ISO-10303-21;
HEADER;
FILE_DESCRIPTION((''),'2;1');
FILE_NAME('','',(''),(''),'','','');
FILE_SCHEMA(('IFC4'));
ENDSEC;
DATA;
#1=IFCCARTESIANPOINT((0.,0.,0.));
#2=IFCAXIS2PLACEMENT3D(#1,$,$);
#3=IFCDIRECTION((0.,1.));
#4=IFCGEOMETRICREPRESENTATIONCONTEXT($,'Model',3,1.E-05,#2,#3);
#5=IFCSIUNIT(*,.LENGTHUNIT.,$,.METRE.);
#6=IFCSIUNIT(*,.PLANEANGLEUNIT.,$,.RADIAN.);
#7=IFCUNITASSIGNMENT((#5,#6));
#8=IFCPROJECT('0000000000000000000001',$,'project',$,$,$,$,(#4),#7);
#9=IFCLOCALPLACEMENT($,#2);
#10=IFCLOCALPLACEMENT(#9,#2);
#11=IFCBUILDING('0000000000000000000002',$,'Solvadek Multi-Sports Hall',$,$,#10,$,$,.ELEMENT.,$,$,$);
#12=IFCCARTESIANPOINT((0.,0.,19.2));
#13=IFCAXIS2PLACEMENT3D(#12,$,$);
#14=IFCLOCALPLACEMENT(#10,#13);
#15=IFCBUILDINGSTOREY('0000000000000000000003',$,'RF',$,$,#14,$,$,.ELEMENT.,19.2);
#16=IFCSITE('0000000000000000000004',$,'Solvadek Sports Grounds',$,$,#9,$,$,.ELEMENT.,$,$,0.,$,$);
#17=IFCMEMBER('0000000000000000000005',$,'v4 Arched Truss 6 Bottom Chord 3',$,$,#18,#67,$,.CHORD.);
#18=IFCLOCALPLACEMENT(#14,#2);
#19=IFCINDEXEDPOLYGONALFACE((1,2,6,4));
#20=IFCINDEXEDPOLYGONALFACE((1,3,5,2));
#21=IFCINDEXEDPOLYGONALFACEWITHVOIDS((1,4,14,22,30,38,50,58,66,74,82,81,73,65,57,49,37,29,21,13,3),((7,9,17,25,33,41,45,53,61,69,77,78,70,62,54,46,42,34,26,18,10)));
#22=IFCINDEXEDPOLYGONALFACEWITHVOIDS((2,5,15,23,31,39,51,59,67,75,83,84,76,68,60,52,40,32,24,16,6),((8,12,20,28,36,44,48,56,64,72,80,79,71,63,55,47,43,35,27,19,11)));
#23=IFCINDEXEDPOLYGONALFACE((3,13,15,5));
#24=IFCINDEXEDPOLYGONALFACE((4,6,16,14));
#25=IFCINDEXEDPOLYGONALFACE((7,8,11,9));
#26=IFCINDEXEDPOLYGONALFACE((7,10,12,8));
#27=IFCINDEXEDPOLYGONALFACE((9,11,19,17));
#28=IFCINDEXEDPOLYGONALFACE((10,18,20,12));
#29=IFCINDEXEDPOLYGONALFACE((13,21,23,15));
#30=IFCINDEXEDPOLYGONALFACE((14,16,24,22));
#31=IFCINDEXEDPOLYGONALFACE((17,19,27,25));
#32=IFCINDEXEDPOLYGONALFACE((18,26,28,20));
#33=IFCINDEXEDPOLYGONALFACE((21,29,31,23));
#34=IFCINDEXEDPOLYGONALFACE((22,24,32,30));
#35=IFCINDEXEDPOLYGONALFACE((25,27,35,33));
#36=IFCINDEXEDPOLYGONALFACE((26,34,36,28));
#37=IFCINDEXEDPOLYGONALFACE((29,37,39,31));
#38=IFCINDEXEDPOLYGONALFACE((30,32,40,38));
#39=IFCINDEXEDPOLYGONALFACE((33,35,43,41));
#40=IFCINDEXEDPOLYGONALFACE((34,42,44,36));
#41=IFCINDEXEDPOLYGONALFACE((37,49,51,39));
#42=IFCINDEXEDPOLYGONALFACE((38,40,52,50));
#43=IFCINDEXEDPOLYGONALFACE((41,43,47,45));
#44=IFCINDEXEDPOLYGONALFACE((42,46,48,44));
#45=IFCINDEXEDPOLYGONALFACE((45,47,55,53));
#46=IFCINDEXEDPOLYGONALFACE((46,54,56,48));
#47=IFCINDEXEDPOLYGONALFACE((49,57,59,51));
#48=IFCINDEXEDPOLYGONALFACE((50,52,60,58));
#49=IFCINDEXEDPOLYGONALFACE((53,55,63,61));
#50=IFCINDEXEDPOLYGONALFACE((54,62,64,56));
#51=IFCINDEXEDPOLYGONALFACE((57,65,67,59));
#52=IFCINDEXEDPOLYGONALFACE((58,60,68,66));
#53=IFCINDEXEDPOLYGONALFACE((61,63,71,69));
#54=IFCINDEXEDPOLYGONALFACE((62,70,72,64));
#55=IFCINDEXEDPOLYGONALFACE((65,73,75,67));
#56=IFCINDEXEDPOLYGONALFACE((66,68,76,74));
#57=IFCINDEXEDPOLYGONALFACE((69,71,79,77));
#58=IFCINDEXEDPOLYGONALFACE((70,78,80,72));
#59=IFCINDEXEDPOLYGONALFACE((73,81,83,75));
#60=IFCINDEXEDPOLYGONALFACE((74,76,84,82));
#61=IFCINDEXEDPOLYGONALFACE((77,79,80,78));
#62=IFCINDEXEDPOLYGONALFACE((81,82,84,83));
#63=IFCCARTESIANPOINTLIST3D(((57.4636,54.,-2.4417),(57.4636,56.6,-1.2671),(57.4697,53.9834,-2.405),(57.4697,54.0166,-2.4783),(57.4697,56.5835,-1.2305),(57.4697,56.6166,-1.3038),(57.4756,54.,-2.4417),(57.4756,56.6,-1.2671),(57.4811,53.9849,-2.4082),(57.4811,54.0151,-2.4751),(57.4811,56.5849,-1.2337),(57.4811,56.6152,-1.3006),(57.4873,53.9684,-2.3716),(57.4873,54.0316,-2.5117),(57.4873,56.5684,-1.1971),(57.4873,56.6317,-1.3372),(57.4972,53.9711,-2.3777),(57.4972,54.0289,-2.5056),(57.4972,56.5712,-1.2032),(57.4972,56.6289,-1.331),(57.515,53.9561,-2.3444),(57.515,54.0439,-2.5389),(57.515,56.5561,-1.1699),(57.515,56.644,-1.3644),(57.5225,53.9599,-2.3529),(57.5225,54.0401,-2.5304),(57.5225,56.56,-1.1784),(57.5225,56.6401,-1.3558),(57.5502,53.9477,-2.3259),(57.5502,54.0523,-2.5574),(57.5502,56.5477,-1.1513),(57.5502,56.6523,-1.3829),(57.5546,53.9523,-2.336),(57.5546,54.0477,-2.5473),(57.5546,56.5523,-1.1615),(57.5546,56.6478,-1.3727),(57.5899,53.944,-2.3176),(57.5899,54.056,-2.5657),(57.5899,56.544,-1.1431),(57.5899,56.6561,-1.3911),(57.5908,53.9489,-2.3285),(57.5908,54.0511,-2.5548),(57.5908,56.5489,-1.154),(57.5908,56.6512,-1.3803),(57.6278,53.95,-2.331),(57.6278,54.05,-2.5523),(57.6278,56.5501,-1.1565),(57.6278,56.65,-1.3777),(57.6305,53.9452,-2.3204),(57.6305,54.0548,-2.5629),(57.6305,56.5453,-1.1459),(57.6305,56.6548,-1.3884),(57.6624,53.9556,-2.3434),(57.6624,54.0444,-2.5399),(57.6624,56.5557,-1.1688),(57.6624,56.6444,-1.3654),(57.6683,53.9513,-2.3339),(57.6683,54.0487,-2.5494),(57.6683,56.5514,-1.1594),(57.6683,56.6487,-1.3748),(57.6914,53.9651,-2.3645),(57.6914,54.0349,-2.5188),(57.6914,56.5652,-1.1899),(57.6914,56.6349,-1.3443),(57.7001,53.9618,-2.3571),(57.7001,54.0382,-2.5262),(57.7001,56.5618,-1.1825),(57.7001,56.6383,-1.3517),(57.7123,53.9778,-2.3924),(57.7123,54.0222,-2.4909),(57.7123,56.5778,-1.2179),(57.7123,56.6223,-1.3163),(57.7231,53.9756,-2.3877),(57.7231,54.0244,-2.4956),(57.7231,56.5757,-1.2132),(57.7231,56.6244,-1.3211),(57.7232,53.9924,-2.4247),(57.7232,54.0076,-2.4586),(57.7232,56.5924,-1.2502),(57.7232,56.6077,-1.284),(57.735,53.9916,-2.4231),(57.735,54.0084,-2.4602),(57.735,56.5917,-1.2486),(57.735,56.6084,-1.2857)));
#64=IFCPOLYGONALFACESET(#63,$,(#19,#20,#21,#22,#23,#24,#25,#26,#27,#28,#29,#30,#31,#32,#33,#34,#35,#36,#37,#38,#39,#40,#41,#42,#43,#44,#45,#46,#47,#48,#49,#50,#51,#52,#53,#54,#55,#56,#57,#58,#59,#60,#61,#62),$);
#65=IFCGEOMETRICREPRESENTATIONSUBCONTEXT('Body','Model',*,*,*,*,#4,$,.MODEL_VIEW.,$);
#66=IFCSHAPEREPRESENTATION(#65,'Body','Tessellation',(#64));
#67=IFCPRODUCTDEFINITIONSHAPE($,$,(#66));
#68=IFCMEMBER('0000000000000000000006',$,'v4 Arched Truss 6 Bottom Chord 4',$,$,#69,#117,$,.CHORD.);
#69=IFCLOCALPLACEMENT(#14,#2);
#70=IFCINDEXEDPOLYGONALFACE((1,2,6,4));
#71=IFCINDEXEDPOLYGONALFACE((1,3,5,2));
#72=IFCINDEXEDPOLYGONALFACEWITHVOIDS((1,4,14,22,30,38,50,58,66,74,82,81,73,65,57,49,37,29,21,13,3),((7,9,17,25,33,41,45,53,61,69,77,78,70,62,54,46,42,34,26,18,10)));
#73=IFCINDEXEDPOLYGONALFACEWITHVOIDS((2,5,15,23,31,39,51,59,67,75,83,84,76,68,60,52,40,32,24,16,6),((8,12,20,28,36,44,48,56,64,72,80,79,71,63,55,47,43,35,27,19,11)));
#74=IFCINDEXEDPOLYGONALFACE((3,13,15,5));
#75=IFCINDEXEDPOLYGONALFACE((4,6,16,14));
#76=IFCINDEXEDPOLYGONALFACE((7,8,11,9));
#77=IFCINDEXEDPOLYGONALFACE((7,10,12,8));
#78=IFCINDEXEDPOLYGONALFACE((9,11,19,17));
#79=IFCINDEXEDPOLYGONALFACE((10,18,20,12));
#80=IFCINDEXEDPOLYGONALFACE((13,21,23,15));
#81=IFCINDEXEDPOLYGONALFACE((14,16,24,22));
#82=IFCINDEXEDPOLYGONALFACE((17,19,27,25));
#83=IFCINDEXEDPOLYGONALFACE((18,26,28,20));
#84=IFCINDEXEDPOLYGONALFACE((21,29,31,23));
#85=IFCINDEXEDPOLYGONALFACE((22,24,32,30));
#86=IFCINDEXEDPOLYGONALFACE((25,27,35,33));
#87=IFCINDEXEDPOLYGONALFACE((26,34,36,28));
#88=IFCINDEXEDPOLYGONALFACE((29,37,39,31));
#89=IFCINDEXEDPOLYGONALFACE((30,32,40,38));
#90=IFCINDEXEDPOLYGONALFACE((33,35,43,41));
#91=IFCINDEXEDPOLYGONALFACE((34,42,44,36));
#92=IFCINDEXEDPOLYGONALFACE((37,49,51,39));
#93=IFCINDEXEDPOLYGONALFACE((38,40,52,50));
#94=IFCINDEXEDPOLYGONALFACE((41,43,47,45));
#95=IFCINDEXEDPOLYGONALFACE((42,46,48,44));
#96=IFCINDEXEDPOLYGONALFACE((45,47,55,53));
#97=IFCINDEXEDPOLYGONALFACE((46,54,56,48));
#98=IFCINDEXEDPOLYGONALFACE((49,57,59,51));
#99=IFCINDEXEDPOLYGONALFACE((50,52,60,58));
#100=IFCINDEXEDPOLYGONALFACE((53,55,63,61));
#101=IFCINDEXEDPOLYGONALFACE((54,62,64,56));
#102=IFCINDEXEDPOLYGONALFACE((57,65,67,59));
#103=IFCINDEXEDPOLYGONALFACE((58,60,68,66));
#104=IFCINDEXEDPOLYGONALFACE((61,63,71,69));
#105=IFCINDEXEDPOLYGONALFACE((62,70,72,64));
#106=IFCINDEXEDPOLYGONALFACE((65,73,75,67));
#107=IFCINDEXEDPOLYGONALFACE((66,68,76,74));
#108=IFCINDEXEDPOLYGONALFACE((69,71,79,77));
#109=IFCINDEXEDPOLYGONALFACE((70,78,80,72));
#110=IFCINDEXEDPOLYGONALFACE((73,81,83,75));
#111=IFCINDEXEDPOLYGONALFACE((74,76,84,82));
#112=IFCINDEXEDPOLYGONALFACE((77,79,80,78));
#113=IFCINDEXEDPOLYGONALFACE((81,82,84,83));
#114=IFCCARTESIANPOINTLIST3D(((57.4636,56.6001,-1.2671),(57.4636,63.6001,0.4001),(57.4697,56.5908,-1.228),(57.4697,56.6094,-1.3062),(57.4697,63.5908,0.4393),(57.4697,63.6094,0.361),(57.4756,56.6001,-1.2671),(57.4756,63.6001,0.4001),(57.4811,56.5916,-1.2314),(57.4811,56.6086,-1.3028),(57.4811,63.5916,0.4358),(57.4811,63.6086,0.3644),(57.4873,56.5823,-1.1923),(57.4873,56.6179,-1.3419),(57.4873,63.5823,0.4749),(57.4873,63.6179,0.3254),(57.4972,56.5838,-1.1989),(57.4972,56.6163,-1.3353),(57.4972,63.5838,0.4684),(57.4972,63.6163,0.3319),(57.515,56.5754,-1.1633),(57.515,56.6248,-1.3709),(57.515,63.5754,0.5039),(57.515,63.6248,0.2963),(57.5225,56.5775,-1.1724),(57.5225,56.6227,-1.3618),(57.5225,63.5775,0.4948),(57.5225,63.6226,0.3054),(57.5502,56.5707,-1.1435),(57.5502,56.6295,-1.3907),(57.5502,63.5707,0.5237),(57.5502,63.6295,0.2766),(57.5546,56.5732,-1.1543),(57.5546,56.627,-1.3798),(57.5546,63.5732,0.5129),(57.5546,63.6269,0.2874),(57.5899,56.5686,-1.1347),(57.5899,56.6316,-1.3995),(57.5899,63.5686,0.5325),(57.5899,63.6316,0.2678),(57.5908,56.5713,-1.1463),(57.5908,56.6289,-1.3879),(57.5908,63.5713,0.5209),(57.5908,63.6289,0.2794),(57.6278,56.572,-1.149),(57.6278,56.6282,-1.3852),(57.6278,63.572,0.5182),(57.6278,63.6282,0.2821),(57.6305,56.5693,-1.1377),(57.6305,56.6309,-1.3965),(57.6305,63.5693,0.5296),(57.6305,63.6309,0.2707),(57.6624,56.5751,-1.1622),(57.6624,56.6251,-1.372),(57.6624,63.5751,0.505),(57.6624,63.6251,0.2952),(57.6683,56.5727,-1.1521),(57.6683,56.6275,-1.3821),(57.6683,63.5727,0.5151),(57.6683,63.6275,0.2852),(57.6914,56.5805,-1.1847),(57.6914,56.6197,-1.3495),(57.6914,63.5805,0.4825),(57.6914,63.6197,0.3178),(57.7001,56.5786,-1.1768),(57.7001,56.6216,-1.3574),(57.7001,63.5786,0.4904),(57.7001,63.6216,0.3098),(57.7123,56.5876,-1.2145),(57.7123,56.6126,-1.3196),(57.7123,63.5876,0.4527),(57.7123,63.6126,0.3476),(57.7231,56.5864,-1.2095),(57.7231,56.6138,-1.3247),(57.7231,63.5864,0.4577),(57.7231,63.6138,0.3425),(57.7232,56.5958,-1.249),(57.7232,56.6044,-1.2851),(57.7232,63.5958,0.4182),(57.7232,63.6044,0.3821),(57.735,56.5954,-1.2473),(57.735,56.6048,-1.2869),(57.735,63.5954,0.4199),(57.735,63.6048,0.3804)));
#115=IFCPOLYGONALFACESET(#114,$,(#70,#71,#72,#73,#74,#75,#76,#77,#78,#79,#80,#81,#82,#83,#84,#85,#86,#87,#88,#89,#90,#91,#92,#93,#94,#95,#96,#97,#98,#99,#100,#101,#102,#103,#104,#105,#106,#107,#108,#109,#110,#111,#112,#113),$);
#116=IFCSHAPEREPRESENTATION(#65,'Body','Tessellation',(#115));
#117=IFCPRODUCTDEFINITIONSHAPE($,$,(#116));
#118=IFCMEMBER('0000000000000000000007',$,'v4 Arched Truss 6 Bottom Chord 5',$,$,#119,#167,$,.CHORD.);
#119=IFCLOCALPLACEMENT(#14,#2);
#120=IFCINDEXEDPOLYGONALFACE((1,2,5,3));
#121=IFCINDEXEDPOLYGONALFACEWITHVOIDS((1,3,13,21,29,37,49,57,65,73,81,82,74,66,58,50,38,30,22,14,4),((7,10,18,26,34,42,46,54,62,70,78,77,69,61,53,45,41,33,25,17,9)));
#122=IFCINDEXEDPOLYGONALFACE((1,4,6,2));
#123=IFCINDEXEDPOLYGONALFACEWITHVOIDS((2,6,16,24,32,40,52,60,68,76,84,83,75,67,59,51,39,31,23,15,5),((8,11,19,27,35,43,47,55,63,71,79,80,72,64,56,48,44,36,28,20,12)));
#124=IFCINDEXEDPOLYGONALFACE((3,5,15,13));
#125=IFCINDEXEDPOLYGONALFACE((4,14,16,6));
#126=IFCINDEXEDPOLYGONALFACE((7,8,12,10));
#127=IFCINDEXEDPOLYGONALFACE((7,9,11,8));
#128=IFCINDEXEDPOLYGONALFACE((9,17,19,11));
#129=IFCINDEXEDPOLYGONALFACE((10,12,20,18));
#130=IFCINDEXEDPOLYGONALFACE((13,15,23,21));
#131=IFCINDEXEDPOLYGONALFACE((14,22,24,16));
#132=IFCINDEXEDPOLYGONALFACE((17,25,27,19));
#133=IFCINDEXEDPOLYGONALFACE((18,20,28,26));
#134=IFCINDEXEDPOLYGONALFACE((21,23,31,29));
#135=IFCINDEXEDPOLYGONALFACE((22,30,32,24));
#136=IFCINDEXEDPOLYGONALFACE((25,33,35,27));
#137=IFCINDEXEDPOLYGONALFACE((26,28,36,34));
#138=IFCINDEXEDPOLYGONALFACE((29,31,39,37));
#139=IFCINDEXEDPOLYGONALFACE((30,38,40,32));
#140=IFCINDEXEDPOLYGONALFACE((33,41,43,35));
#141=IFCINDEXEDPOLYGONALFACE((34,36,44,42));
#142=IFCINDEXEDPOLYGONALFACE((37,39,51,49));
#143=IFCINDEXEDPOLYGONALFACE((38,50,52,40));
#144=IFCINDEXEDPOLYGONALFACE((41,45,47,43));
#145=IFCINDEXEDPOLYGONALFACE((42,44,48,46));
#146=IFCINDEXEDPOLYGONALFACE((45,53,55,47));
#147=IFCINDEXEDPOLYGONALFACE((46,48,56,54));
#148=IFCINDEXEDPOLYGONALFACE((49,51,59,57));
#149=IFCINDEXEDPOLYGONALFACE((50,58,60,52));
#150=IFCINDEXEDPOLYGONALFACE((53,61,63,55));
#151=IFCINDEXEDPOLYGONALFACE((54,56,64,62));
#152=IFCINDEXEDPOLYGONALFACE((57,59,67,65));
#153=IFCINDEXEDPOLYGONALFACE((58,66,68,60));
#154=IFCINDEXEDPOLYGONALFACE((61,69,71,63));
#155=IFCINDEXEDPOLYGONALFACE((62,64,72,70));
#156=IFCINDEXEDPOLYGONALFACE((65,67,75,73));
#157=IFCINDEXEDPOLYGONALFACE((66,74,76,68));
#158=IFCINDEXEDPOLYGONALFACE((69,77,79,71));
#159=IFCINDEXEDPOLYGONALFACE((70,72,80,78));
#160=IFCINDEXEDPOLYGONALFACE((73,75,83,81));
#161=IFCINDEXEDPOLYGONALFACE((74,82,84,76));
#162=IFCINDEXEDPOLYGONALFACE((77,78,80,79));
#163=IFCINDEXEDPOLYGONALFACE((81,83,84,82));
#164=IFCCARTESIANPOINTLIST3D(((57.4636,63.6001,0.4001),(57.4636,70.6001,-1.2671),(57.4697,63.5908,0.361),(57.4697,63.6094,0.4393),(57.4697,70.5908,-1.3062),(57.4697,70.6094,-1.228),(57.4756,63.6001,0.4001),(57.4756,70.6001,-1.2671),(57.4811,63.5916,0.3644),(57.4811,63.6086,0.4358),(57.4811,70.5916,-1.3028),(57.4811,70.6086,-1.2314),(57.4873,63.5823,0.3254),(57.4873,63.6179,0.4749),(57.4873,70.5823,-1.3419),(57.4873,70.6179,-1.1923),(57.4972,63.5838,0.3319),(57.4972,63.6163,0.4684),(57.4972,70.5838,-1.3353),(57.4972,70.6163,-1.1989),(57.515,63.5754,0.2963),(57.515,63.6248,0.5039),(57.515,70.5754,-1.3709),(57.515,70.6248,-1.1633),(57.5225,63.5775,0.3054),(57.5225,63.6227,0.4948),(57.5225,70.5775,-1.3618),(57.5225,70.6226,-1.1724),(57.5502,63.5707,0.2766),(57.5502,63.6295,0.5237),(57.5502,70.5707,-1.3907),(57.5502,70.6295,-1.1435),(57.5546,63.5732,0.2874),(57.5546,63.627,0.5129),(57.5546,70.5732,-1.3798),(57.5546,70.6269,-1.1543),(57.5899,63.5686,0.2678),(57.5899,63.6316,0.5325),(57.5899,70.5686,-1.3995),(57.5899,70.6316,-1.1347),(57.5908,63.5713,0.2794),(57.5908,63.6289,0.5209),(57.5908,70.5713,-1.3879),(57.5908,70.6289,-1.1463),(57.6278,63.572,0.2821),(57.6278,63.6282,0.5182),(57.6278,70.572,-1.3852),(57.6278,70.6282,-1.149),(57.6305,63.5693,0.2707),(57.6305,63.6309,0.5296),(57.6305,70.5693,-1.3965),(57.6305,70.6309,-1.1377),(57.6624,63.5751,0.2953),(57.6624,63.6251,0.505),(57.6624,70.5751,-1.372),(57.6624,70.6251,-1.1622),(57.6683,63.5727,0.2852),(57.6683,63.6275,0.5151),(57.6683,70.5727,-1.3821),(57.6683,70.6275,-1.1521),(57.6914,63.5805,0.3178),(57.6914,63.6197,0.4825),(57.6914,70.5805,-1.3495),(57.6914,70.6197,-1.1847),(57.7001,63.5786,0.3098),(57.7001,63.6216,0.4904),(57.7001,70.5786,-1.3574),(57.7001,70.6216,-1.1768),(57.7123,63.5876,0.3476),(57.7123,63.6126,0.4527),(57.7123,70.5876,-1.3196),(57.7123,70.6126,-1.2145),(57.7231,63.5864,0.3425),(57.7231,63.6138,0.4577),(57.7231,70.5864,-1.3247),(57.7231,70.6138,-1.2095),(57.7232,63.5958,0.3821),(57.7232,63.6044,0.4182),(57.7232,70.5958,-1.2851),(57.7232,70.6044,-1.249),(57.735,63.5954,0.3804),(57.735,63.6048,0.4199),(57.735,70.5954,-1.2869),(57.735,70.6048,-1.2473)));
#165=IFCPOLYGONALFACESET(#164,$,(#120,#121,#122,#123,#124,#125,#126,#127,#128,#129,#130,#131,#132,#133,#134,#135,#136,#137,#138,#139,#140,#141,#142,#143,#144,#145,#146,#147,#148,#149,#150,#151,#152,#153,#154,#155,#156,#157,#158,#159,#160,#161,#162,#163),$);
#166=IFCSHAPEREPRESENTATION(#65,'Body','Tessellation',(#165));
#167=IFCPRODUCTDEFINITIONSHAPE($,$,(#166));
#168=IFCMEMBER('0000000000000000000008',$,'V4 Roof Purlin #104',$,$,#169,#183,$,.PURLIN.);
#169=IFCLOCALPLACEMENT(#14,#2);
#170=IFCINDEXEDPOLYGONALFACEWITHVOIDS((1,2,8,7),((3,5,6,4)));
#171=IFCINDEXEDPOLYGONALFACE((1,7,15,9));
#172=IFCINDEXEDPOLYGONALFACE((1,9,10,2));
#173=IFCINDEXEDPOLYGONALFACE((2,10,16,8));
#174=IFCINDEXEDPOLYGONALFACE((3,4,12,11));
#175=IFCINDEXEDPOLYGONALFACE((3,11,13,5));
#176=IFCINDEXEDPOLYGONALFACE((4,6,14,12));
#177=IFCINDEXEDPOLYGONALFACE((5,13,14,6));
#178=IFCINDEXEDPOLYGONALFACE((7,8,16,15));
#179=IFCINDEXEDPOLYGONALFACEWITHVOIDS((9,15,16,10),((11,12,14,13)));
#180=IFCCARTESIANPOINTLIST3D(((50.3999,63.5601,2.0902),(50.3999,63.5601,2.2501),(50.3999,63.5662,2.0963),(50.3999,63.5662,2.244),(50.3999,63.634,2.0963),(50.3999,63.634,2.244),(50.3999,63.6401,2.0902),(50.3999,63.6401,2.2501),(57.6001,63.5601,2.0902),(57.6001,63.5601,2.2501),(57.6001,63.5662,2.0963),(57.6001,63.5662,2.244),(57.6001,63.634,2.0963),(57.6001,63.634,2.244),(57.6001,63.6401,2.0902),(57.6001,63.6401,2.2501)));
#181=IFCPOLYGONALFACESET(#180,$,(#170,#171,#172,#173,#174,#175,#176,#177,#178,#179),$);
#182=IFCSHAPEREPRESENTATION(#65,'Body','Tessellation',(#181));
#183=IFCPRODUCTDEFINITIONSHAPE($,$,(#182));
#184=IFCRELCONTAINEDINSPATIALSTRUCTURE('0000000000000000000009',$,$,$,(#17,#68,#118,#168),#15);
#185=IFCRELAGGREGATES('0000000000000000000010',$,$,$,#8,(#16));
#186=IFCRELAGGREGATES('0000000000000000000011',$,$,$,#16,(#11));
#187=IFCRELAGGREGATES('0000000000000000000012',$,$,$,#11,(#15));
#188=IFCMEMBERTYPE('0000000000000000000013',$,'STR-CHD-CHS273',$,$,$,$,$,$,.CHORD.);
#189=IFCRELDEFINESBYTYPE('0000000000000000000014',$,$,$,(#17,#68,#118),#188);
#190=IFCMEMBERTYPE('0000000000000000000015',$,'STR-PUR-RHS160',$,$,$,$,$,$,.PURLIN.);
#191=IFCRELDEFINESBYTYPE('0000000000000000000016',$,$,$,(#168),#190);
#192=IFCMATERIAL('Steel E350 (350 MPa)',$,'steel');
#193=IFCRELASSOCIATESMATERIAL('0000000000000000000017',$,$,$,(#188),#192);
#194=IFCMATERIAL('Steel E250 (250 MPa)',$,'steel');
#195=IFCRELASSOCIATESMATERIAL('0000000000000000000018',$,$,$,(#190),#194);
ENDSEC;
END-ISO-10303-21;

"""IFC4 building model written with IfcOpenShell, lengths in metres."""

from ifc_helpers import new_model, si_unit, direction, frame, origin, origin_2d, place, context, subcontext, project, spatial, hollow_rectangle, hollow_circle, extrude, material, material_profile, profile_set, type_object, element, save


model = new_model("IFC4")

# Units and contexts
model_context = context("Model", 3, precision=1e-05, world=origin(), true_north=direction((0.0, 1.0)))
body_context = subcontext(model_context, "Body", "Model", "MODEL_VIEW")
ifc_project = project(units=[si_unit("LENGTHUNIT", "METRE"), si_unit("PLANEANGLEUNIT", "RADIAN")], contexts=[model_context])

# Site, building, storey
site_placement = place(None, origin())
site = spatial("IfcSite", under=ifc_project, at=site_placement, Name="Solvadek Sports Grounds", CompositionType="ELEMENT", RefElevation=0.0)
building_placement = place(site_placement, origin())
building = spatial("IfcBuilding", under=site, at=building_placement, Name="Solvadek Multi-Sports Hall", CompositionType="ELEMENT")
storey_placement = place(building_placement, frame((0.0, 0.0, 19.2)))
storey = spatial("IfcBuildingStorey", under=building, at=storey_placement, Name="RF", CompositionType="ELEMENT", Elevation=19.2)

# Shared definitions
ifc_material_1 = material(Name="Steel E350 (350 MPa)", Category="steel")

# Members
ifc_material_profile_1 = material_profile(ifc_material_1, hollow_circle(Radius=0.1365, WallThickness=0.012, at=origin_2d()), Name="CHS 273.0x12")
ifc_profile_set_1 = profile_set([ifc_material_profile_1], Name="Steel E350 (350 MPa)")
member_type_1 = type_object("IfcMemberType", Name="STR-CHD-CHS273", PredefinedType="CHORD", material=ifc_profile_set_1)
member_1_placement = place(storey_placement, frame((57.6001, 54.0, -2.4417), z_axis=(0.0, 0.911328, 0.411681), x_axis=(-1.0, 0.0, 0.0)))
element("IfcMember", 1, at=member_1_placement, inside=storey, type_object=member_type_1, Name="v4 Arched Truss 6 Bottom Chord 3", PredefinedType="CHORD", context=body_context, shape_type="SweptSolid", body=[
    extrude(hollow_circle(Radius=0.1365, WallThickness=0.012, at=origin_2d()), origin(), (0.0, 0.0, 1.0), 2.853),
])
for number, where, z_axis, x_axis, name in (
    (2, (57.6001, 56.6001, -1.2671), (0.0, 0.972788, 0.231695), (-1.0, 0.0, 0.0), "v4 Arched Truss 6 Bottom Chord 4"),
    (3, (57.6001, 63.6001, 0.4001), (0.0, 0.972788, -0.231695), (-1.0, 0.0, 0.0), "v4 Arched Truss 6 Bottom Chord 5"),
):
    element("IfcMember", number, at=place(storey_placement, frame(where, z_axis=z_axis, x_axis=x_axis)), inside=storey, type_object=member_type_1, Name=name, PredefinedType="CHORD", context=body_context, shape_type="SweptSolid", body=[
        extrude(hollow_circle(Radius=0.1365, WallThickness=0.012, at=origin_2d()), origin(), (0.0, 0.0, 1.0), 7.1958),
    ])
ifc_material_2 = material(Name="Steel E250 (250 MPa)", Category="steel")
ifc_material_profile_2 = material_profile(ifc_material_2, hollow_rectangle(XDim=0.0801, YDim=0.1599, WallThickness=0.0061, at=origin_2d()), Name="RHS 160x80x6")
ifc_profile_set_2 = profile_set([ifc_material_profile_2], Name="Steel E250 (250 MPa)")
member_type_2 = type_object("IfcMemberType", Name="STR-PUR-RHS160", PredefinedType="PURLIN", material=ifc_profile_set_2)
member_2_placement = place(storey_placement, frame((50.3999, 63.6001, 2.1702), z_axis=(1.0, 0.0, 0.0), x_axis=(0.0, 1.0, 0.0)))
element("IfcMember", 4, at=member_2_placement, inside=storey, type_object=member_type_2, Name="V4 Roof Purlin #104", PredefinedType="PURLIN", context=body_context, shape_type="SweptSolid", body=[
    extrude(hollow_rectangle(XDim=0.0801, YDim=0.1599, WallThickness=0.0061, at=origin_2d()), origin(), (0.0, 0.0, 1.0), 7.2002),
])

save(model, "model.ifc")
